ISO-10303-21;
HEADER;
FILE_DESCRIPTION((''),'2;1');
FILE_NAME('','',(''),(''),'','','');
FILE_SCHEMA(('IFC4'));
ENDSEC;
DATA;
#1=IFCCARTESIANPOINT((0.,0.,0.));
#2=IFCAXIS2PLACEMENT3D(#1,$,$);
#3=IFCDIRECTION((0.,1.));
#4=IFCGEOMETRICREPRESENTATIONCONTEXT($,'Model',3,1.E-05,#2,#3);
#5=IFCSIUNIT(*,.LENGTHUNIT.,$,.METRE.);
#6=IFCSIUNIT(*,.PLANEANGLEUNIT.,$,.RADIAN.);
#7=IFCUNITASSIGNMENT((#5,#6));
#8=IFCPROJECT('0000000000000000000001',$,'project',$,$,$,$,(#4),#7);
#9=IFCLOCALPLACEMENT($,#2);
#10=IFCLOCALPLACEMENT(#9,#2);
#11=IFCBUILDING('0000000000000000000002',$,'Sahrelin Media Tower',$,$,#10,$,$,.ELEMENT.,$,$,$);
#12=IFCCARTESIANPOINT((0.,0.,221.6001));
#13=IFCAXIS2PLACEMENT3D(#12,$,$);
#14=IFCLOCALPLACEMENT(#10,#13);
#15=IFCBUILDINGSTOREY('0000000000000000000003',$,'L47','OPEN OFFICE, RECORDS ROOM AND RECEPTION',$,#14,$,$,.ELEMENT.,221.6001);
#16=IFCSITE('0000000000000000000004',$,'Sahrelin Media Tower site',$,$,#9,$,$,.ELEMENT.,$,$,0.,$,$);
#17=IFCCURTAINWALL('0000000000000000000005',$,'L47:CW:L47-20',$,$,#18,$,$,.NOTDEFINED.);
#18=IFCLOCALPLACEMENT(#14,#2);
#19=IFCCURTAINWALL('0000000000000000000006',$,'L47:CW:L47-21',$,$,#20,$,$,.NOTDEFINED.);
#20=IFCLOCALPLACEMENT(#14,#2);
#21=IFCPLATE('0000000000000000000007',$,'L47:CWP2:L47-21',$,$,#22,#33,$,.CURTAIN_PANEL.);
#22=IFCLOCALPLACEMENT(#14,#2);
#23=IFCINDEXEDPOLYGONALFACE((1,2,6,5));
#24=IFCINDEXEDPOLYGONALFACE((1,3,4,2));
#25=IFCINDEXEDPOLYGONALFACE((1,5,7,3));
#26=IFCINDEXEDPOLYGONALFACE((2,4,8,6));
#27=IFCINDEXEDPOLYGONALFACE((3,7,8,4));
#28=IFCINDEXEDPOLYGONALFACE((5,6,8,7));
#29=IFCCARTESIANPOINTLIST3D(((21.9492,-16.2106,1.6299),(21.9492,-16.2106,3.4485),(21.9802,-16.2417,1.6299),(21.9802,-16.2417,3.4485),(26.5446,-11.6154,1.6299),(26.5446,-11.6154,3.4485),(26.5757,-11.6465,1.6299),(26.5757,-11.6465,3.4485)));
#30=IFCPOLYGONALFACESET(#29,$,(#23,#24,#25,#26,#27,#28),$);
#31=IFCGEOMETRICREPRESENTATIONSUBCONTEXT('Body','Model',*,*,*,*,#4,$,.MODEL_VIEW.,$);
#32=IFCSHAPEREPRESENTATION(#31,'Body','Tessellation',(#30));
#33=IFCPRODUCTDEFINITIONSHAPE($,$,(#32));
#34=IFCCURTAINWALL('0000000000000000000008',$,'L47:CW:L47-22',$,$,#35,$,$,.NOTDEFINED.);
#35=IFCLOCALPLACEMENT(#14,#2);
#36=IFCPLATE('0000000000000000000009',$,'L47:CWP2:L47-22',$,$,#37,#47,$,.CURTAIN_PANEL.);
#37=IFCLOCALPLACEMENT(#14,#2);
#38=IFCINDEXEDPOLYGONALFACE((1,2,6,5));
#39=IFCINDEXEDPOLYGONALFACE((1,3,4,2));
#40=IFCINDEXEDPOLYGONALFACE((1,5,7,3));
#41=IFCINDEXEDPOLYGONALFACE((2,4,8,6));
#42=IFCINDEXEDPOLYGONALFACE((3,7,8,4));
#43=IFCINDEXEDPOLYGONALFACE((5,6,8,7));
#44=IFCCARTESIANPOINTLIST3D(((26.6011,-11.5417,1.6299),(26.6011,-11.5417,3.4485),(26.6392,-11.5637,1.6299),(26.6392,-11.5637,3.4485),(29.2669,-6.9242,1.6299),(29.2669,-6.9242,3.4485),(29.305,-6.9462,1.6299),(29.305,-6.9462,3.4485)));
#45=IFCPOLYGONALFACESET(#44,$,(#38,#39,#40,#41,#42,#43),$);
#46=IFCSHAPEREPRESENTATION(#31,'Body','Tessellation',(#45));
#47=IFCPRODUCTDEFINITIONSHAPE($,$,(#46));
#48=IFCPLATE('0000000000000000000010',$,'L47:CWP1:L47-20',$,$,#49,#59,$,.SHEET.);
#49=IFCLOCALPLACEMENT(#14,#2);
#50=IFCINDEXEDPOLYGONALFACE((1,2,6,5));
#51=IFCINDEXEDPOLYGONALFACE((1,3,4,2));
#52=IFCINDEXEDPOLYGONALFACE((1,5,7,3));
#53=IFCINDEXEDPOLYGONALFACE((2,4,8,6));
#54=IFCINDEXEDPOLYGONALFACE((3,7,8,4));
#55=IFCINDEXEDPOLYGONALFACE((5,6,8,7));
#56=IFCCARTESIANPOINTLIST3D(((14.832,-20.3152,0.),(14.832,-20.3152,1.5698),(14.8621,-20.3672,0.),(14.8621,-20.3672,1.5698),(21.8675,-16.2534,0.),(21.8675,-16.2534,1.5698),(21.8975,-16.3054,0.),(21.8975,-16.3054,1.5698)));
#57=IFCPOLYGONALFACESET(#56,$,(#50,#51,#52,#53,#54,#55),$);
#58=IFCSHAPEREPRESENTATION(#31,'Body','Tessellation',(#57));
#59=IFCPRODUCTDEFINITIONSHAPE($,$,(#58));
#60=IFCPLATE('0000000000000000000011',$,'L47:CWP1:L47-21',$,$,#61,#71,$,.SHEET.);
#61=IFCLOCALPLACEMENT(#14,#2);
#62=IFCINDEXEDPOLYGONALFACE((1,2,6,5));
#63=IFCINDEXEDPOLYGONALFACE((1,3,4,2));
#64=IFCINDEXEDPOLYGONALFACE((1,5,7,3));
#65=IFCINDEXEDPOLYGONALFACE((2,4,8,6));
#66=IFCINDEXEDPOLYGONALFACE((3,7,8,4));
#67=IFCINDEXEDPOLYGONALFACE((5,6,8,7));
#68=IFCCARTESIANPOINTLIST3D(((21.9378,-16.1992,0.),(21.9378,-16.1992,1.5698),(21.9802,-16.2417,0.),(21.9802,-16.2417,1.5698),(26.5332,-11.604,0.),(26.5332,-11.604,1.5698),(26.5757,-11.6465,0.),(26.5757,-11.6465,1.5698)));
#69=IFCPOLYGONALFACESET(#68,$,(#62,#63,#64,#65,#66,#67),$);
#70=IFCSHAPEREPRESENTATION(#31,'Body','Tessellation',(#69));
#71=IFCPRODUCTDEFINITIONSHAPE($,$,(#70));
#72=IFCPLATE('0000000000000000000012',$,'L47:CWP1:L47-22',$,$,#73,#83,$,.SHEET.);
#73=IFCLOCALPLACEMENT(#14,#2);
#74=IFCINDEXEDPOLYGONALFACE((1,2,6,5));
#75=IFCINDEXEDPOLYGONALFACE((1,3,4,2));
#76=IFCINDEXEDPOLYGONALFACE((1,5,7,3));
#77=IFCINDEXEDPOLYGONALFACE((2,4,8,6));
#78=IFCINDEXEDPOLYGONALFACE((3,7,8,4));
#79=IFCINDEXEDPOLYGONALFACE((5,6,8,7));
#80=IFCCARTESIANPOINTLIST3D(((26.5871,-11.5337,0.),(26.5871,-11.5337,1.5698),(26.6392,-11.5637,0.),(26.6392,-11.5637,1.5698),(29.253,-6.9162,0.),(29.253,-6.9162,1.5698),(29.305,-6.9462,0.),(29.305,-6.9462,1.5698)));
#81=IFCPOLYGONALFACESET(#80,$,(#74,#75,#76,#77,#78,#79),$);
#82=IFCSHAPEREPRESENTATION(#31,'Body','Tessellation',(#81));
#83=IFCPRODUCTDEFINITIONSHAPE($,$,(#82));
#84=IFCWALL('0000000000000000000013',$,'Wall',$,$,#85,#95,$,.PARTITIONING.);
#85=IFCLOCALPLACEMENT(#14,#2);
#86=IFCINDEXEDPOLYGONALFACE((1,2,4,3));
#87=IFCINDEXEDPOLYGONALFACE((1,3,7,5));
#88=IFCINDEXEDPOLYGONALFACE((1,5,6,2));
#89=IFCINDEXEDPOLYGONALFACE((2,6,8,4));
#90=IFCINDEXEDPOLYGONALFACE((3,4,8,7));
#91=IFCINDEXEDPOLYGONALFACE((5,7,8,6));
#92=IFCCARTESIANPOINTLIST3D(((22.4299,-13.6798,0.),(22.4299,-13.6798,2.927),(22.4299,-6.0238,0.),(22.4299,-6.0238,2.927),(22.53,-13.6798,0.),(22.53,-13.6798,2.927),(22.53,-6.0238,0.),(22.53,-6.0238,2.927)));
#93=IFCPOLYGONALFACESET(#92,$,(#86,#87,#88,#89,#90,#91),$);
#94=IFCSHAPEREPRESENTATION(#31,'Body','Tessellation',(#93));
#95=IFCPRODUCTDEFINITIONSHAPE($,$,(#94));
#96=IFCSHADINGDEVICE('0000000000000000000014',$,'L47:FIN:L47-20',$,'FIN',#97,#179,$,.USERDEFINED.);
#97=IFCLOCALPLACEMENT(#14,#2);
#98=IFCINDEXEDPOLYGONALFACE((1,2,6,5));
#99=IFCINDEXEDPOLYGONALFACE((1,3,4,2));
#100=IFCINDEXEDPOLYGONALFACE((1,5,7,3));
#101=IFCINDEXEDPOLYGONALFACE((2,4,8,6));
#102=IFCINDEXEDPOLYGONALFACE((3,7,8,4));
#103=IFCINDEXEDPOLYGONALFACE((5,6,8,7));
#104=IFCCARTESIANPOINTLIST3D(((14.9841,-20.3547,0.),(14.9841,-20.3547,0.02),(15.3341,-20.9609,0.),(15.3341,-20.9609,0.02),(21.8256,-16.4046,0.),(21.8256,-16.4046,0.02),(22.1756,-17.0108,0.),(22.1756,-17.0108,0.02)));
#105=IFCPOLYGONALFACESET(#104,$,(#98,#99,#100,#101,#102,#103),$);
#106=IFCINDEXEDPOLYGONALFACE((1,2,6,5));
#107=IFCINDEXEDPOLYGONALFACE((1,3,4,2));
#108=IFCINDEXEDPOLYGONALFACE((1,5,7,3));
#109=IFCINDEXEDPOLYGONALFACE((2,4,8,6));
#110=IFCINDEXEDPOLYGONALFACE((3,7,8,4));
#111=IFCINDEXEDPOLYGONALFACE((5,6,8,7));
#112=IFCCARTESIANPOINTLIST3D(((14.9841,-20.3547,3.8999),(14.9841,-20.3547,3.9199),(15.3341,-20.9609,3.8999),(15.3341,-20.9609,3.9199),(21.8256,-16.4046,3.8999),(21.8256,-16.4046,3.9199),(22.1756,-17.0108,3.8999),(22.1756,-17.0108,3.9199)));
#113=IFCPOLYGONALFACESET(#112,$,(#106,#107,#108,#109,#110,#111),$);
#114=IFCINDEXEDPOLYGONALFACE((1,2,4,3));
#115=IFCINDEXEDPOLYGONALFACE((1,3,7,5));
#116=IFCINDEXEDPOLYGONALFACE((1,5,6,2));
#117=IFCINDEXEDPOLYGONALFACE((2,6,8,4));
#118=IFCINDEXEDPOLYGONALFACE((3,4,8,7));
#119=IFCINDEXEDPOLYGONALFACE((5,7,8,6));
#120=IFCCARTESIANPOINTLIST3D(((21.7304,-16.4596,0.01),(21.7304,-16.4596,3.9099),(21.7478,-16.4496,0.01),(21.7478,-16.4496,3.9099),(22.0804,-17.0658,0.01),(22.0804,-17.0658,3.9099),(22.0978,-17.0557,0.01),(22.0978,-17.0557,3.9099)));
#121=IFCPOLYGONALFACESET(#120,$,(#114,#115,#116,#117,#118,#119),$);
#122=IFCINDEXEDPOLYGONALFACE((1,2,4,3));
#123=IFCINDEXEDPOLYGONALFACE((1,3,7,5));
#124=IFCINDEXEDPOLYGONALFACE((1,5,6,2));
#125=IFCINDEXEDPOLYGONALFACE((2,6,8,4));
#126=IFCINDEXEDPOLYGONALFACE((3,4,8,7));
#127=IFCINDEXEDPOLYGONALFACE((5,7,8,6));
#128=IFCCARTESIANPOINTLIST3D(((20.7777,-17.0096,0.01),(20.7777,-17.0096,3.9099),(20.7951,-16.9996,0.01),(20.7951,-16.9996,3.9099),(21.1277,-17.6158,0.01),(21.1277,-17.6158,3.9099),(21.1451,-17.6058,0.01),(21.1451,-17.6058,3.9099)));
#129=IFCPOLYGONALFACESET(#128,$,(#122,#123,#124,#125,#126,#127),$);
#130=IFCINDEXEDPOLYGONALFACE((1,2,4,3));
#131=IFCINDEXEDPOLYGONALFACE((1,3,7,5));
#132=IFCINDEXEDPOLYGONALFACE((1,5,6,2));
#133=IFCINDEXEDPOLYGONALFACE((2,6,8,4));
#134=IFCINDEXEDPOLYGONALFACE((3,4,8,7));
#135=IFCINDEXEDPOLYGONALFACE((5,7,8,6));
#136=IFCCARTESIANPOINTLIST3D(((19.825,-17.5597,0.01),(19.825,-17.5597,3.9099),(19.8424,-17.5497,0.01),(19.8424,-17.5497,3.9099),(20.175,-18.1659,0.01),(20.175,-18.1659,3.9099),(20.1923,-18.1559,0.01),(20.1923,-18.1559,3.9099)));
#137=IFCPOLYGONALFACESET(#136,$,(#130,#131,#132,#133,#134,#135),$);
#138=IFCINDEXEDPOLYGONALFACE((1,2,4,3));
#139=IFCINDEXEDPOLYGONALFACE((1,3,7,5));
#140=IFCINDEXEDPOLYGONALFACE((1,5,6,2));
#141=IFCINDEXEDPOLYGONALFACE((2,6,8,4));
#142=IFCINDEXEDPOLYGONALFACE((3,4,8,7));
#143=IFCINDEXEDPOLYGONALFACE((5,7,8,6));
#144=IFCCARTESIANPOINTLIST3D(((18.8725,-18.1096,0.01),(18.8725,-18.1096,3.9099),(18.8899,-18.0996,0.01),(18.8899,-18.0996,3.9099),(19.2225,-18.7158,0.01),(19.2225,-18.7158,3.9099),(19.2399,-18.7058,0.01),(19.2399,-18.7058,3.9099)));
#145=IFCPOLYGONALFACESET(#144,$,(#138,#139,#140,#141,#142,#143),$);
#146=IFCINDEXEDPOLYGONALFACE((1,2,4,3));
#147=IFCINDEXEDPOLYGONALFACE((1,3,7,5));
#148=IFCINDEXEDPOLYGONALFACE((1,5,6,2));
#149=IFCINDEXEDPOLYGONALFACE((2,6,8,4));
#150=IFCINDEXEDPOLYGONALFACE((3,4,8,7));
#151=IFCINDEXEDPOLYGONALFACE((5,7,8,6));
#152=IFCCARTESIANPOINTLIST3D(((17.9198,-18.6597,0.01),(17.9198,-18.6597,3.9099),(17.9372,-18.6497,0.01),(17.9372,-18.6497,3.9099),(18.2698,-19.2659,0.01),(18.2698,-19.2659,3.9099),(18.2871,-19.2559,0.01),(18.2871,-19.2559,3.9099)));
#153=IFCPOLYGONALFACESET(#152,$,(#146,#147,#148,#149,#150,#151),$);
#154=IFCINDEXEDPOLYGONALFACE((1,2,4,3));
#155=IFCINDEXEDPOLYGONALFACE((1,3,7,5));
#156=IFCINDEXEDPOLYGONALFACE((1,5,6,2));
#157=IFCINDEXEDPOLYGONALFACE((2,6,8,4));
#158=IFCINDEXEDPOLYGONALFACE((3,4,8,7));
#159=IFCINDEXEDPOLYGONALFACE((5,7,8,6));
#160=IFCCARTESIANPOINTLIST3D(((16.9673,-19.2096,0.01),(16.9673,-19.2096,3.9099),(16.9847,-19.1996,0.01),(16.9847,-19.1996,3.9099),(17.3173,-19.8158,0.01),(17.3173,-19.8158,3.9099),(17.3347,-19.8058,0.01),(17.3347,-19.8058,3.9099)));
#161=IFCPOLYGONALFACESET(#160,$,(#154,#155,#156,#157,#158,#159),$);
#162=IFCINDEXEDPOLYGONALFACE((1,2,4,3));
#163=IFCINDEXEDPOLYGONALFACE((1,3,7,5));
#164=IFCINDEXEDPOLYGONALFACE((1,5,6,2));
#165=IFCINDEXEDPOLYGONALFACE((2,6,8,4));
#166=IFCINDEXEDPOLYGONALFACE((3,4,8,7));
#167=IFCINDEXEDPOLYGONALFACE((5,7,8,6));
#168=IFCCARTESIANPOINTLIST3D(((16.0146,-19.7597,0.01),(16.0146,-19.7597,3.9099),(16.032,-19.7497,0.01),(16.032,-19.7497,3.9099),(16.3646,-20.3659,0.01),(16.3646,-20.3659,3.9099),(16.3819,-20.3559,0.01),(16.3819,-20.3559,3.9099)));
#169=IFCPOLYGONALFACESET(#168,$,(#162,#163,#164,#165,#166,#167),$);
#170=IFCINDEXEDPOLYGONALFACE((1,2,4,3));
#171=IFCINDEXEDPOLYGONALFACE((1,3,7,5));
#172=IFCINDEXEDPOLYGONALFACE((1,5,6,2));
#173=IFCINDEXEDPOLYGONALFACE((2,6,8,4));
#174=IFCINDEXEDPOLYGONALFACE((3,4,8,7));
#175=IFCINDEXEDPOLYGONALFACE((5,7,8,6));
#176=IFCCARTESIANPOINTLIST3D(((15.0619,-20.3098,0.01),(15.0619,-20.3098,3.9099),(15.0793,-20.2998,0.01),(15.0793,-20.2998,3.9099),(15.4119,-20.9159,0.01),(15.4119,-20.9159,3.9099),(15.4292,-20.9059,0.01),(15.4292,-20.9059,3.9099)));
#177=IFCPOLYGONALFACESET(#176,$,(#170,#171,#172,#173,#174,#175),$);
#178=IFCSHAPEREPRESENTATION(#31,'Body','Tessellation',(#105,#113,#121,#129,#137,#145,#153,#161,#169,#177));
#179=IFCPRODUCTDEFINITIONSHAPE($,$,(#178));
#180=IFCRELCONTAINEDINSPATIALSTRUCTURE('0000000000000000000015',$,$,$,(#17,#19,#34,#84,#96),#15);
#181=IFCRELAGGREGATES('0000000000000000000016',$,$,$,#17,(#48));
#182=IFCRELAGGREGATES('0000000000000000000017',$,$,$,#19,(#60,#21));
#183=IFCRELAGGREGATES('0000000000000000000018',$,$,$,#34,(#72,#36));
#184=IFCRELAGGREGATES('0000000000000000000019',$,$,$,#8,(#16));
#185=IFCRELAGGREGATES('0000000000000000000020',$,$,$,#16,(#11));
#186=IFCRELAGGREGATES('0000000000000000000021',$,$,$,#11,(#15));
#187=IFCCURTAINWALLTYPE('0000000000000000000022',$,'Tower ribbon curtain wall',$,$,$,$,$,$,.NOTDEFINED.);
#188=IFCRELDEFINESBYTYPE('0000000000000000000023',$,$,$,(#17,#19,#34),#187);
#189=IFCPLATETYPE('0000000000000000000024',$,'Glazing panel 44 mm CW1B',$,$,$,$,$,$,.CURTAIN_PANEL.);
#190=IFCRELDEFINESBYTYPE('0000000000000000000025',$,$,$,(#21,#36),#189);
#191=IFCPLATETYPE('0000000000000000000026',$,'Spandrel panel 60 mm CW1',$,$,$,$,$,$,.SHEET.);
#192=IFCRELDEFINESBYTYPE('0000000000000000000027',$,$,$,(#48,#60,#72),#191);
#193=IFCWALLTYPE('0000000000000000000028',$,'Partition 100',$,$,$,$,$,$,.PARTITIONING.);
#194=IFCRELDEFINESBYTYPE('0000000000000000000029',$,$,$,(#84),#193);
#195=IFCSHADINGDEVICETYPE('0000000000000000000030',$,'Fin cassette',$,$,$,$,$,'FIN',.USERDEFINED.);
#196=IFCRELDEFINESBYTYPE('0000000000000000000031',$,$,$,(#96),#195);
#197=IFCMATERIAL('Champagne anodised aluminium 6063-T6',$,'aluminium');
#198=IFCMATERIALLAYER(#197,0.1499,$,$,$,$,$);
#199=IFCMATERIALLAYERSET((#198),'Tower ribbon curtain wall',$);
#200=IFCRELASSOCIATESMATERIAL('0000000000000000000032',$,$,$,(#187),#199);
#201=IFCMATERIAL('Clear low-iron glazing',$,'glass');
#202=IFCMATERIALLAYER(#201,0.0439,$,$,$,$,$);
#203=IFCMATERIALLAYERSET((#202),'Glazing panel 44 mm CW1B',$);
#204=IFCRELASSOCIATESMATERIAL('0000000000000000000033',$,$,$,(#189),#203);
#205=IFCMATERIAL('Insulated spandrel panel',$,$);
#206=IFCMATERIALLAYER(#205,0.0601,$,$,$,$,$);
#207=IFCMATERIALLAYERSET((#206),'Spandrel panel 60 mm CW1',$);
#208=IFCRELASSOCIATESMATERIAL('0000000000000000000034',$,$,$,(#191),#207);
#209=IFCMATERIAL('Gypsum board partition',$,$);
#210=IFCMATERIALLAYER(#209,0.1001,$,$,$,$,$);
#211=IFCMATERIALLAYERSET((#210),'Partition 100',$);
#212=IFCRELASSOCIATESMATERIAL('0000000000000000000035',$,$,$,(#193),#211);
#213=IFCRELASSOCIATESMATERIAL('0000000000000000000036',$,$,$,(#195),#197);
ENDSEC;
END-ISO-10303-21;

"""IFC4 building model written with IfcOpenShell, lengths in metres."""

from ifc_helpers import new_model, si_unit, direction, frame, frame_2d, origin, origin_2d, place, context, subcontext, project, spatial, polyline, rectangle, outline, extrude, material, layer, layer_set, type_object, element, aggregate, save


model = new_model("IFC4")

# Units and contexts
model_context = context("Model", 3, precision=1e-05, world=origin(), true_north=direction((0.0, 1.0)))
body_context = subcontext(model_context, "Body", "Model", "MODEL_VIEW")
ifc_project = project(units=[si_unit("LENGTHUNIT", "METRE"), si_unit("PLANEANGLEUNIT", "RADIAN")], contexts=[model_context])

# Site, building, storey
site_placement = place(None, origin())
site = spatial("IfcSite", under=ifc_project, at=site_placement, Name="Sahrelin Media Tower site", CompositionType="ELEMENT", RefElevation=0.0)
building_placement = place(site_placement, origin())
building = spatial("IfcBuilding", under=site, at=building_placement, Name="Sahrelin Media Tower", CompositionType="ELEMENT")
storey_placement = place(building_placement, frame((0.0, 0.0, 221.6001)))
storey = spatial("IfcBuildingStorey", under=building, at=storey_placement, Name="L47", Description="OPEN OFFICE, RECORDS ROOM AND RECEPTION", CompositionType="ELEMENT", Elevation=221.6001)

# Curtain walls
ifc_material_1 = material(Name="Champagne anodised aluminium 6063-T6", Category="aluminium")
ifc_layer_1 = layer(ifc_material_1, 0.1499)
ifc_layer_set_1 = layer_set([ifc_layer_1], Name="Tower ribbon curtain wall")
curtain_wall_type = type_object("IfcCurtainWallType", Name="Tower ribbon curtain wall", PredefinedType="NOTDEFINED", material=ifc_layer_set_1)
curtain_wall_1_placement = place(storey_placement, frame((18.3699, -18.3191, 0.0), z_axis=(0.0, 0.0, 1.0), x_axis=(1.0, 0.0, 0.0)))
curtain_wall_1 = element("IfcCurtainWall", 1, at=curtain_wall_1_placement, inside=storey, type_object=curtain_wall_type, Name="L47:CW:L47-20", PredefinedType="NOTDEFINED")
curtain_wall_2_placement = place(storey_placement, frame((24.2639, -13.9299, 0.0), z_axis=(0.0, 0.0, 1.0), x_axis=(1.0, 0.0, 0.0)))
curtain_wall_2 = element("IfcCurtainWall", 2, at=curtain_wall_2_placement, inside=storey, type_object=curtain_wall_type, Name="L47:CW:L47-21", PredefinedType="NOTDEFINED")

# Plate
ifc_material_2 = material(Name="Clear low-iron glazing", Category="glass")
ifc_layer_2 = layer(ifc_material_2, 0.0439)
ifc_layer_set_2 = layer_set([ifc_layer_2], Name="Glazing panel 44 mm CW1B")
plate_type_1 = type_object("IfcPlateType", Name="Glazing panel 44 mm CW1B", PredefinedType="CURTAIN_PANEL", material=ifc_layer_set_2)
plate_1_placement = place(storey_placement, frame((21.9802, -16.2417, 1.6299), z_axis=(0.707088, -0.707126, 0.0), x_axis=(0.707126, 0.707088, 0.0)))
plate_1 = element("IfcPlate", 3, at=plate_1_placement, type_object=plate_type_1, Name="L47:CWP2:L47-21", PredefinedType="CURTAIN_PANEL", context=body_context, shape_type="SweptSolid", body=[
    extrude(outline(polyline([(0.0, 0.0), (6.4988, 0.0), (6.4988, 1.8186), (0.0, 1.8186), (0.0, 0.0)])), origin(), (0.0, 0.0, -1.0), 0.0439),
])

# Curtain wall, plate
curtain_wall_3_placement = place(storey_placement, frame((27.9548, -9.2451, 0.0), z_axis=(0.0, 0.0, 1.0), x_axis=(1.0, 0.0, 0.0)))
curtain_wall_3 = element("IfcCurtainWall", 4, at=curtain_wall_3_placement, inside=storey, type_object=curtain_wall_type, Name="L47:CW:L47-22", PredefinedType="NOTDEFINED")
plate_2_placement = place(storey_placement, frame((26.6392, -11.5637, 1.6299), z_axis=(0.866034, -0.499985, 0.0), x_axis=(0.499985, 0.866034, 0.0)))
plate_2 = element("IfcPlate", 5, at=plate_2_placement, type_object=plate_type_1, Name="L47:CWP2:L47-22", PredefinedType="CURTAIN_PANEL", context=body_context, shape_type="SweptSolid", body=[
    extrude(outline(polyline([(0.0, 0.0), (5.3318, 0.0), (5.3318, 1.8186), (0.0, 1.8186), (0.0, 0.0)])), origin(), (0.0, 0.0, -1.0), 0.0439),
])

# Plates
ifc_material_3 = material(Name="Insulated spandrel panel")
ifc_layer_3 = layer(ifc_material_3, 0.0601)
ifc_layer_set_3 = layer_set([ifc_layer_3], Name="Spandrel panel 60 mm CW1")
plate_type_2 = type_object("IfcPlateType", Name="Spandrel panel 60 mm CW1", PredefinedType="SHEET", material=ifc_layer_set_3)
plate_3_placement = place(storey_placement, frame((14.8621, -20.3672, 0.0), z_axis=(0.499989, -0.866032, 0.0), x_axis=(0.866032, 0.499989, 0.0)))
plate_3 = element("IfcPlate", 6, at=plate_3_placement, type_object=plate_type_2, Name="L47:CWP1:L47-20", PredefinedType="SHEET", context=body_context, shape_type="SweptSolid", body=[
    extrude(outline(polyline([(0.0, 0.0), (8.1238, 0.0), (8.1238, 1.5698), (0.0, 1.5698), (0.0, 0.0)])), origin(), (0.0, 0.0, -1.0), 0.0601),
])
aggregate(curtain_wall_1, [plate_3])
plate_4_placement = place(storey_placement, frame((21.9802, -16.2417, 0.0), z_axis=(0.707088, -0.707126, 0.0), x_axis=(0.707126, 0.707088, 0.0)))
plate_4 = element("IfcPlate", 7, at=plate_4_placement, type_object=plate_type_2, Name="L47:CWP1:L47-21", PredefinedType="SHEET", context=body_context, shape_type="SweptSolid", body=[
    extrude(outline(polyline([(0.0, 0.0), (6.4988, 0.0), (6.4988, 1.5698), (0.0, 1.5698), (0.0, 0.0)])), origin(), (0.0, 0.0, -1.0), 0.0601),
])
aggregate(curtain_wall_2, [plate_4, plate_1])
plate_5_placement = place(storey_placement, frame((26.6392, -11.5637, 0.0), z_axis=(0.866034, -0.499985, 0.0), x_axis=(0.499985, 0.866034, 0.0)))
plate_5 = element("IfcPlate", 8, at=plate_5_placement, type_object=plate_type_2, Name="L47:CWP1:L47-22", PredefinedType="SHEET", context=body_context, shape_type="SweptSolid", body=[
    extrude(outline(polyline([(0.0, 0.0), (5.3318, 0.0), (5.3318, 1.5698), (0.0, 1.5698), (0.0, 0.0)])), origin(), (0.0, 0.0, -1.0), 0.0601),
])
aggregate(curtain_wall_3, [plate_5, plate_2])

# Wall
ifc_material_4 = material(Name="Gypsum board partition")
ifc_layer_4 = layer(ifc_material_4, 0.1001)
ifc_layer_set_4 = layer_set([ifc_layer_4], Name="Partition 100")
wall_type = type_object("IfcWallType", Name="Partition 100", PredefinedType="PARTITIONING", material=ifc_layer_set_4)
wall_placement = place(storey_placement, frame((22.48, -13.6799, 0.0), z_axis=(0.0, 0.0, 1.0), x_axis=(0.0, 1.0, 0.0)))
element("IfcWall", 9, at=wall_placement, inside=storey, type_object=wall_type, Name="Wall", PredefinedType="PARTITIONING", context=body_context, shape_type="SweptSolid", body=[
    extrude(rectangle(XDim=7.656, YDim=0.1001, at=frame_2d((3.8281, 0.0))), origin(), (0.0, 0.0, 1.0), 2.927),
])

# Shading device
shading_device_type_1 = type_object("IfcShadingDeviceType", Name="Fin cassette", ElementType="FIN", PredefinedType="USERDEFINED", material=ifc_material_1)
placement_1 = place(storey_placement, frame((18.3699, -18.3191, 0.0), z_axis=(0.0, 0.0, 1.0), x_axis=(-0.866019, -0.500011, 0.0)))
element("IfcShadingDevice", 10, at=placement_1, inside=storey, type_object=shading_device_type_1, Name="L47:FIN:L47-20", ObjectType="FIN", PredefinedType="USERDEFINED", context=body_context, shape_type="SweptSolid", body=[
    extrude(rectangle(XDim=7.8999, YDim=0.7, at=origin_2d()), frame((0.0, 0.4199, 0.0)), (0.0, 0.0, 1.0), 0.02),
    extrude(rectangle(XDim=7.8999, YDim=0.7, at=origin_2d()), frame((0.0, 0.4199, 3.8999)), (0.0, 0.0, 1.0), 0.02),
    extrude(rectangle(XDim=0.02, YDim=0.7, at=origin_2d()), frame((-3.8501, 0.4199, 0.01), z_axis=(0.0, 0.0, 1.0), x_axis=(1.0, 0.0, 0.0)), (0.0, 0.0, 1.0), 3.8999),
    extrude(rectangle(XDim=0.02, YDim=0.7, at=origin_2d()), frame((-2.75, 0.4199, 0.01), z_axis=(0.0, 0.0, 1.0), x_axis=(1.0, 0.0, 0.0)), (0.0, 0.0, 1.0), 3.8999),
    extrude(rectangle(XDim=0.02, YDim=0.7, at=origin_2d()), frame((-1.6499, 0.4199, 0.01), z_axis=(0.0, 0.0, 1.0), x_axis=(1.0, 0.0, 0.0)), (0.0, 0.0, 1.0), 3.8999),
    extrude(rectangle(XDim=0.02, YDim=0.7, at=origin_2d()), frame((-0.55, 0.4199, 0.01), z_axis=(0.0, 0.0, 1.0), x_axis=(1.0, 0.0, 0.0)), (0.0, 0.0, 1.0), 3.8999),
    extrude(rectangle(XDim=0.02, YDim=0.7, at=origin_2d()), frame((0.55, 0.4199, 0.01), z_axis=(0.0, 0.0, 1.0), x_axis=(1.0, 0.0, 0.0)), (0.0, 0.0, 1.0), 3.8999),
    extrude(rectangle(XDim=0.02, YDim=0.7, at=origin_2d()), frame((1.6499, 0.4199, 0.01), z_axis=(0.0, 0.0, 1.0), x_axis=(1.0, 0.0, 0.0)), (0.0, 0.0, 1.0), 3.8999),
    extrude(rectangle(XDim=0.02, YDim=0.7, at=origin_2d()), frame((2.75, 0.4199, 0.01), z_axis=(0.0, 0.0, 1.0), x_axis=(1.0, 0.0, 0.0)), (0.0, 0.0, 1.0), 3.8999),
    extrude(rectangle(XDim=0.02, YDim=0.7, at=origin_2d()), frame((3.8501, 0.4199, 0.01), z_axis=(0.0, 0.0, 1.0), x_axis=(1.0, 0.0, 0.0)), (0.0, 0.0, 1.0), 3.8999),
])

save(model, "model.ifc")
